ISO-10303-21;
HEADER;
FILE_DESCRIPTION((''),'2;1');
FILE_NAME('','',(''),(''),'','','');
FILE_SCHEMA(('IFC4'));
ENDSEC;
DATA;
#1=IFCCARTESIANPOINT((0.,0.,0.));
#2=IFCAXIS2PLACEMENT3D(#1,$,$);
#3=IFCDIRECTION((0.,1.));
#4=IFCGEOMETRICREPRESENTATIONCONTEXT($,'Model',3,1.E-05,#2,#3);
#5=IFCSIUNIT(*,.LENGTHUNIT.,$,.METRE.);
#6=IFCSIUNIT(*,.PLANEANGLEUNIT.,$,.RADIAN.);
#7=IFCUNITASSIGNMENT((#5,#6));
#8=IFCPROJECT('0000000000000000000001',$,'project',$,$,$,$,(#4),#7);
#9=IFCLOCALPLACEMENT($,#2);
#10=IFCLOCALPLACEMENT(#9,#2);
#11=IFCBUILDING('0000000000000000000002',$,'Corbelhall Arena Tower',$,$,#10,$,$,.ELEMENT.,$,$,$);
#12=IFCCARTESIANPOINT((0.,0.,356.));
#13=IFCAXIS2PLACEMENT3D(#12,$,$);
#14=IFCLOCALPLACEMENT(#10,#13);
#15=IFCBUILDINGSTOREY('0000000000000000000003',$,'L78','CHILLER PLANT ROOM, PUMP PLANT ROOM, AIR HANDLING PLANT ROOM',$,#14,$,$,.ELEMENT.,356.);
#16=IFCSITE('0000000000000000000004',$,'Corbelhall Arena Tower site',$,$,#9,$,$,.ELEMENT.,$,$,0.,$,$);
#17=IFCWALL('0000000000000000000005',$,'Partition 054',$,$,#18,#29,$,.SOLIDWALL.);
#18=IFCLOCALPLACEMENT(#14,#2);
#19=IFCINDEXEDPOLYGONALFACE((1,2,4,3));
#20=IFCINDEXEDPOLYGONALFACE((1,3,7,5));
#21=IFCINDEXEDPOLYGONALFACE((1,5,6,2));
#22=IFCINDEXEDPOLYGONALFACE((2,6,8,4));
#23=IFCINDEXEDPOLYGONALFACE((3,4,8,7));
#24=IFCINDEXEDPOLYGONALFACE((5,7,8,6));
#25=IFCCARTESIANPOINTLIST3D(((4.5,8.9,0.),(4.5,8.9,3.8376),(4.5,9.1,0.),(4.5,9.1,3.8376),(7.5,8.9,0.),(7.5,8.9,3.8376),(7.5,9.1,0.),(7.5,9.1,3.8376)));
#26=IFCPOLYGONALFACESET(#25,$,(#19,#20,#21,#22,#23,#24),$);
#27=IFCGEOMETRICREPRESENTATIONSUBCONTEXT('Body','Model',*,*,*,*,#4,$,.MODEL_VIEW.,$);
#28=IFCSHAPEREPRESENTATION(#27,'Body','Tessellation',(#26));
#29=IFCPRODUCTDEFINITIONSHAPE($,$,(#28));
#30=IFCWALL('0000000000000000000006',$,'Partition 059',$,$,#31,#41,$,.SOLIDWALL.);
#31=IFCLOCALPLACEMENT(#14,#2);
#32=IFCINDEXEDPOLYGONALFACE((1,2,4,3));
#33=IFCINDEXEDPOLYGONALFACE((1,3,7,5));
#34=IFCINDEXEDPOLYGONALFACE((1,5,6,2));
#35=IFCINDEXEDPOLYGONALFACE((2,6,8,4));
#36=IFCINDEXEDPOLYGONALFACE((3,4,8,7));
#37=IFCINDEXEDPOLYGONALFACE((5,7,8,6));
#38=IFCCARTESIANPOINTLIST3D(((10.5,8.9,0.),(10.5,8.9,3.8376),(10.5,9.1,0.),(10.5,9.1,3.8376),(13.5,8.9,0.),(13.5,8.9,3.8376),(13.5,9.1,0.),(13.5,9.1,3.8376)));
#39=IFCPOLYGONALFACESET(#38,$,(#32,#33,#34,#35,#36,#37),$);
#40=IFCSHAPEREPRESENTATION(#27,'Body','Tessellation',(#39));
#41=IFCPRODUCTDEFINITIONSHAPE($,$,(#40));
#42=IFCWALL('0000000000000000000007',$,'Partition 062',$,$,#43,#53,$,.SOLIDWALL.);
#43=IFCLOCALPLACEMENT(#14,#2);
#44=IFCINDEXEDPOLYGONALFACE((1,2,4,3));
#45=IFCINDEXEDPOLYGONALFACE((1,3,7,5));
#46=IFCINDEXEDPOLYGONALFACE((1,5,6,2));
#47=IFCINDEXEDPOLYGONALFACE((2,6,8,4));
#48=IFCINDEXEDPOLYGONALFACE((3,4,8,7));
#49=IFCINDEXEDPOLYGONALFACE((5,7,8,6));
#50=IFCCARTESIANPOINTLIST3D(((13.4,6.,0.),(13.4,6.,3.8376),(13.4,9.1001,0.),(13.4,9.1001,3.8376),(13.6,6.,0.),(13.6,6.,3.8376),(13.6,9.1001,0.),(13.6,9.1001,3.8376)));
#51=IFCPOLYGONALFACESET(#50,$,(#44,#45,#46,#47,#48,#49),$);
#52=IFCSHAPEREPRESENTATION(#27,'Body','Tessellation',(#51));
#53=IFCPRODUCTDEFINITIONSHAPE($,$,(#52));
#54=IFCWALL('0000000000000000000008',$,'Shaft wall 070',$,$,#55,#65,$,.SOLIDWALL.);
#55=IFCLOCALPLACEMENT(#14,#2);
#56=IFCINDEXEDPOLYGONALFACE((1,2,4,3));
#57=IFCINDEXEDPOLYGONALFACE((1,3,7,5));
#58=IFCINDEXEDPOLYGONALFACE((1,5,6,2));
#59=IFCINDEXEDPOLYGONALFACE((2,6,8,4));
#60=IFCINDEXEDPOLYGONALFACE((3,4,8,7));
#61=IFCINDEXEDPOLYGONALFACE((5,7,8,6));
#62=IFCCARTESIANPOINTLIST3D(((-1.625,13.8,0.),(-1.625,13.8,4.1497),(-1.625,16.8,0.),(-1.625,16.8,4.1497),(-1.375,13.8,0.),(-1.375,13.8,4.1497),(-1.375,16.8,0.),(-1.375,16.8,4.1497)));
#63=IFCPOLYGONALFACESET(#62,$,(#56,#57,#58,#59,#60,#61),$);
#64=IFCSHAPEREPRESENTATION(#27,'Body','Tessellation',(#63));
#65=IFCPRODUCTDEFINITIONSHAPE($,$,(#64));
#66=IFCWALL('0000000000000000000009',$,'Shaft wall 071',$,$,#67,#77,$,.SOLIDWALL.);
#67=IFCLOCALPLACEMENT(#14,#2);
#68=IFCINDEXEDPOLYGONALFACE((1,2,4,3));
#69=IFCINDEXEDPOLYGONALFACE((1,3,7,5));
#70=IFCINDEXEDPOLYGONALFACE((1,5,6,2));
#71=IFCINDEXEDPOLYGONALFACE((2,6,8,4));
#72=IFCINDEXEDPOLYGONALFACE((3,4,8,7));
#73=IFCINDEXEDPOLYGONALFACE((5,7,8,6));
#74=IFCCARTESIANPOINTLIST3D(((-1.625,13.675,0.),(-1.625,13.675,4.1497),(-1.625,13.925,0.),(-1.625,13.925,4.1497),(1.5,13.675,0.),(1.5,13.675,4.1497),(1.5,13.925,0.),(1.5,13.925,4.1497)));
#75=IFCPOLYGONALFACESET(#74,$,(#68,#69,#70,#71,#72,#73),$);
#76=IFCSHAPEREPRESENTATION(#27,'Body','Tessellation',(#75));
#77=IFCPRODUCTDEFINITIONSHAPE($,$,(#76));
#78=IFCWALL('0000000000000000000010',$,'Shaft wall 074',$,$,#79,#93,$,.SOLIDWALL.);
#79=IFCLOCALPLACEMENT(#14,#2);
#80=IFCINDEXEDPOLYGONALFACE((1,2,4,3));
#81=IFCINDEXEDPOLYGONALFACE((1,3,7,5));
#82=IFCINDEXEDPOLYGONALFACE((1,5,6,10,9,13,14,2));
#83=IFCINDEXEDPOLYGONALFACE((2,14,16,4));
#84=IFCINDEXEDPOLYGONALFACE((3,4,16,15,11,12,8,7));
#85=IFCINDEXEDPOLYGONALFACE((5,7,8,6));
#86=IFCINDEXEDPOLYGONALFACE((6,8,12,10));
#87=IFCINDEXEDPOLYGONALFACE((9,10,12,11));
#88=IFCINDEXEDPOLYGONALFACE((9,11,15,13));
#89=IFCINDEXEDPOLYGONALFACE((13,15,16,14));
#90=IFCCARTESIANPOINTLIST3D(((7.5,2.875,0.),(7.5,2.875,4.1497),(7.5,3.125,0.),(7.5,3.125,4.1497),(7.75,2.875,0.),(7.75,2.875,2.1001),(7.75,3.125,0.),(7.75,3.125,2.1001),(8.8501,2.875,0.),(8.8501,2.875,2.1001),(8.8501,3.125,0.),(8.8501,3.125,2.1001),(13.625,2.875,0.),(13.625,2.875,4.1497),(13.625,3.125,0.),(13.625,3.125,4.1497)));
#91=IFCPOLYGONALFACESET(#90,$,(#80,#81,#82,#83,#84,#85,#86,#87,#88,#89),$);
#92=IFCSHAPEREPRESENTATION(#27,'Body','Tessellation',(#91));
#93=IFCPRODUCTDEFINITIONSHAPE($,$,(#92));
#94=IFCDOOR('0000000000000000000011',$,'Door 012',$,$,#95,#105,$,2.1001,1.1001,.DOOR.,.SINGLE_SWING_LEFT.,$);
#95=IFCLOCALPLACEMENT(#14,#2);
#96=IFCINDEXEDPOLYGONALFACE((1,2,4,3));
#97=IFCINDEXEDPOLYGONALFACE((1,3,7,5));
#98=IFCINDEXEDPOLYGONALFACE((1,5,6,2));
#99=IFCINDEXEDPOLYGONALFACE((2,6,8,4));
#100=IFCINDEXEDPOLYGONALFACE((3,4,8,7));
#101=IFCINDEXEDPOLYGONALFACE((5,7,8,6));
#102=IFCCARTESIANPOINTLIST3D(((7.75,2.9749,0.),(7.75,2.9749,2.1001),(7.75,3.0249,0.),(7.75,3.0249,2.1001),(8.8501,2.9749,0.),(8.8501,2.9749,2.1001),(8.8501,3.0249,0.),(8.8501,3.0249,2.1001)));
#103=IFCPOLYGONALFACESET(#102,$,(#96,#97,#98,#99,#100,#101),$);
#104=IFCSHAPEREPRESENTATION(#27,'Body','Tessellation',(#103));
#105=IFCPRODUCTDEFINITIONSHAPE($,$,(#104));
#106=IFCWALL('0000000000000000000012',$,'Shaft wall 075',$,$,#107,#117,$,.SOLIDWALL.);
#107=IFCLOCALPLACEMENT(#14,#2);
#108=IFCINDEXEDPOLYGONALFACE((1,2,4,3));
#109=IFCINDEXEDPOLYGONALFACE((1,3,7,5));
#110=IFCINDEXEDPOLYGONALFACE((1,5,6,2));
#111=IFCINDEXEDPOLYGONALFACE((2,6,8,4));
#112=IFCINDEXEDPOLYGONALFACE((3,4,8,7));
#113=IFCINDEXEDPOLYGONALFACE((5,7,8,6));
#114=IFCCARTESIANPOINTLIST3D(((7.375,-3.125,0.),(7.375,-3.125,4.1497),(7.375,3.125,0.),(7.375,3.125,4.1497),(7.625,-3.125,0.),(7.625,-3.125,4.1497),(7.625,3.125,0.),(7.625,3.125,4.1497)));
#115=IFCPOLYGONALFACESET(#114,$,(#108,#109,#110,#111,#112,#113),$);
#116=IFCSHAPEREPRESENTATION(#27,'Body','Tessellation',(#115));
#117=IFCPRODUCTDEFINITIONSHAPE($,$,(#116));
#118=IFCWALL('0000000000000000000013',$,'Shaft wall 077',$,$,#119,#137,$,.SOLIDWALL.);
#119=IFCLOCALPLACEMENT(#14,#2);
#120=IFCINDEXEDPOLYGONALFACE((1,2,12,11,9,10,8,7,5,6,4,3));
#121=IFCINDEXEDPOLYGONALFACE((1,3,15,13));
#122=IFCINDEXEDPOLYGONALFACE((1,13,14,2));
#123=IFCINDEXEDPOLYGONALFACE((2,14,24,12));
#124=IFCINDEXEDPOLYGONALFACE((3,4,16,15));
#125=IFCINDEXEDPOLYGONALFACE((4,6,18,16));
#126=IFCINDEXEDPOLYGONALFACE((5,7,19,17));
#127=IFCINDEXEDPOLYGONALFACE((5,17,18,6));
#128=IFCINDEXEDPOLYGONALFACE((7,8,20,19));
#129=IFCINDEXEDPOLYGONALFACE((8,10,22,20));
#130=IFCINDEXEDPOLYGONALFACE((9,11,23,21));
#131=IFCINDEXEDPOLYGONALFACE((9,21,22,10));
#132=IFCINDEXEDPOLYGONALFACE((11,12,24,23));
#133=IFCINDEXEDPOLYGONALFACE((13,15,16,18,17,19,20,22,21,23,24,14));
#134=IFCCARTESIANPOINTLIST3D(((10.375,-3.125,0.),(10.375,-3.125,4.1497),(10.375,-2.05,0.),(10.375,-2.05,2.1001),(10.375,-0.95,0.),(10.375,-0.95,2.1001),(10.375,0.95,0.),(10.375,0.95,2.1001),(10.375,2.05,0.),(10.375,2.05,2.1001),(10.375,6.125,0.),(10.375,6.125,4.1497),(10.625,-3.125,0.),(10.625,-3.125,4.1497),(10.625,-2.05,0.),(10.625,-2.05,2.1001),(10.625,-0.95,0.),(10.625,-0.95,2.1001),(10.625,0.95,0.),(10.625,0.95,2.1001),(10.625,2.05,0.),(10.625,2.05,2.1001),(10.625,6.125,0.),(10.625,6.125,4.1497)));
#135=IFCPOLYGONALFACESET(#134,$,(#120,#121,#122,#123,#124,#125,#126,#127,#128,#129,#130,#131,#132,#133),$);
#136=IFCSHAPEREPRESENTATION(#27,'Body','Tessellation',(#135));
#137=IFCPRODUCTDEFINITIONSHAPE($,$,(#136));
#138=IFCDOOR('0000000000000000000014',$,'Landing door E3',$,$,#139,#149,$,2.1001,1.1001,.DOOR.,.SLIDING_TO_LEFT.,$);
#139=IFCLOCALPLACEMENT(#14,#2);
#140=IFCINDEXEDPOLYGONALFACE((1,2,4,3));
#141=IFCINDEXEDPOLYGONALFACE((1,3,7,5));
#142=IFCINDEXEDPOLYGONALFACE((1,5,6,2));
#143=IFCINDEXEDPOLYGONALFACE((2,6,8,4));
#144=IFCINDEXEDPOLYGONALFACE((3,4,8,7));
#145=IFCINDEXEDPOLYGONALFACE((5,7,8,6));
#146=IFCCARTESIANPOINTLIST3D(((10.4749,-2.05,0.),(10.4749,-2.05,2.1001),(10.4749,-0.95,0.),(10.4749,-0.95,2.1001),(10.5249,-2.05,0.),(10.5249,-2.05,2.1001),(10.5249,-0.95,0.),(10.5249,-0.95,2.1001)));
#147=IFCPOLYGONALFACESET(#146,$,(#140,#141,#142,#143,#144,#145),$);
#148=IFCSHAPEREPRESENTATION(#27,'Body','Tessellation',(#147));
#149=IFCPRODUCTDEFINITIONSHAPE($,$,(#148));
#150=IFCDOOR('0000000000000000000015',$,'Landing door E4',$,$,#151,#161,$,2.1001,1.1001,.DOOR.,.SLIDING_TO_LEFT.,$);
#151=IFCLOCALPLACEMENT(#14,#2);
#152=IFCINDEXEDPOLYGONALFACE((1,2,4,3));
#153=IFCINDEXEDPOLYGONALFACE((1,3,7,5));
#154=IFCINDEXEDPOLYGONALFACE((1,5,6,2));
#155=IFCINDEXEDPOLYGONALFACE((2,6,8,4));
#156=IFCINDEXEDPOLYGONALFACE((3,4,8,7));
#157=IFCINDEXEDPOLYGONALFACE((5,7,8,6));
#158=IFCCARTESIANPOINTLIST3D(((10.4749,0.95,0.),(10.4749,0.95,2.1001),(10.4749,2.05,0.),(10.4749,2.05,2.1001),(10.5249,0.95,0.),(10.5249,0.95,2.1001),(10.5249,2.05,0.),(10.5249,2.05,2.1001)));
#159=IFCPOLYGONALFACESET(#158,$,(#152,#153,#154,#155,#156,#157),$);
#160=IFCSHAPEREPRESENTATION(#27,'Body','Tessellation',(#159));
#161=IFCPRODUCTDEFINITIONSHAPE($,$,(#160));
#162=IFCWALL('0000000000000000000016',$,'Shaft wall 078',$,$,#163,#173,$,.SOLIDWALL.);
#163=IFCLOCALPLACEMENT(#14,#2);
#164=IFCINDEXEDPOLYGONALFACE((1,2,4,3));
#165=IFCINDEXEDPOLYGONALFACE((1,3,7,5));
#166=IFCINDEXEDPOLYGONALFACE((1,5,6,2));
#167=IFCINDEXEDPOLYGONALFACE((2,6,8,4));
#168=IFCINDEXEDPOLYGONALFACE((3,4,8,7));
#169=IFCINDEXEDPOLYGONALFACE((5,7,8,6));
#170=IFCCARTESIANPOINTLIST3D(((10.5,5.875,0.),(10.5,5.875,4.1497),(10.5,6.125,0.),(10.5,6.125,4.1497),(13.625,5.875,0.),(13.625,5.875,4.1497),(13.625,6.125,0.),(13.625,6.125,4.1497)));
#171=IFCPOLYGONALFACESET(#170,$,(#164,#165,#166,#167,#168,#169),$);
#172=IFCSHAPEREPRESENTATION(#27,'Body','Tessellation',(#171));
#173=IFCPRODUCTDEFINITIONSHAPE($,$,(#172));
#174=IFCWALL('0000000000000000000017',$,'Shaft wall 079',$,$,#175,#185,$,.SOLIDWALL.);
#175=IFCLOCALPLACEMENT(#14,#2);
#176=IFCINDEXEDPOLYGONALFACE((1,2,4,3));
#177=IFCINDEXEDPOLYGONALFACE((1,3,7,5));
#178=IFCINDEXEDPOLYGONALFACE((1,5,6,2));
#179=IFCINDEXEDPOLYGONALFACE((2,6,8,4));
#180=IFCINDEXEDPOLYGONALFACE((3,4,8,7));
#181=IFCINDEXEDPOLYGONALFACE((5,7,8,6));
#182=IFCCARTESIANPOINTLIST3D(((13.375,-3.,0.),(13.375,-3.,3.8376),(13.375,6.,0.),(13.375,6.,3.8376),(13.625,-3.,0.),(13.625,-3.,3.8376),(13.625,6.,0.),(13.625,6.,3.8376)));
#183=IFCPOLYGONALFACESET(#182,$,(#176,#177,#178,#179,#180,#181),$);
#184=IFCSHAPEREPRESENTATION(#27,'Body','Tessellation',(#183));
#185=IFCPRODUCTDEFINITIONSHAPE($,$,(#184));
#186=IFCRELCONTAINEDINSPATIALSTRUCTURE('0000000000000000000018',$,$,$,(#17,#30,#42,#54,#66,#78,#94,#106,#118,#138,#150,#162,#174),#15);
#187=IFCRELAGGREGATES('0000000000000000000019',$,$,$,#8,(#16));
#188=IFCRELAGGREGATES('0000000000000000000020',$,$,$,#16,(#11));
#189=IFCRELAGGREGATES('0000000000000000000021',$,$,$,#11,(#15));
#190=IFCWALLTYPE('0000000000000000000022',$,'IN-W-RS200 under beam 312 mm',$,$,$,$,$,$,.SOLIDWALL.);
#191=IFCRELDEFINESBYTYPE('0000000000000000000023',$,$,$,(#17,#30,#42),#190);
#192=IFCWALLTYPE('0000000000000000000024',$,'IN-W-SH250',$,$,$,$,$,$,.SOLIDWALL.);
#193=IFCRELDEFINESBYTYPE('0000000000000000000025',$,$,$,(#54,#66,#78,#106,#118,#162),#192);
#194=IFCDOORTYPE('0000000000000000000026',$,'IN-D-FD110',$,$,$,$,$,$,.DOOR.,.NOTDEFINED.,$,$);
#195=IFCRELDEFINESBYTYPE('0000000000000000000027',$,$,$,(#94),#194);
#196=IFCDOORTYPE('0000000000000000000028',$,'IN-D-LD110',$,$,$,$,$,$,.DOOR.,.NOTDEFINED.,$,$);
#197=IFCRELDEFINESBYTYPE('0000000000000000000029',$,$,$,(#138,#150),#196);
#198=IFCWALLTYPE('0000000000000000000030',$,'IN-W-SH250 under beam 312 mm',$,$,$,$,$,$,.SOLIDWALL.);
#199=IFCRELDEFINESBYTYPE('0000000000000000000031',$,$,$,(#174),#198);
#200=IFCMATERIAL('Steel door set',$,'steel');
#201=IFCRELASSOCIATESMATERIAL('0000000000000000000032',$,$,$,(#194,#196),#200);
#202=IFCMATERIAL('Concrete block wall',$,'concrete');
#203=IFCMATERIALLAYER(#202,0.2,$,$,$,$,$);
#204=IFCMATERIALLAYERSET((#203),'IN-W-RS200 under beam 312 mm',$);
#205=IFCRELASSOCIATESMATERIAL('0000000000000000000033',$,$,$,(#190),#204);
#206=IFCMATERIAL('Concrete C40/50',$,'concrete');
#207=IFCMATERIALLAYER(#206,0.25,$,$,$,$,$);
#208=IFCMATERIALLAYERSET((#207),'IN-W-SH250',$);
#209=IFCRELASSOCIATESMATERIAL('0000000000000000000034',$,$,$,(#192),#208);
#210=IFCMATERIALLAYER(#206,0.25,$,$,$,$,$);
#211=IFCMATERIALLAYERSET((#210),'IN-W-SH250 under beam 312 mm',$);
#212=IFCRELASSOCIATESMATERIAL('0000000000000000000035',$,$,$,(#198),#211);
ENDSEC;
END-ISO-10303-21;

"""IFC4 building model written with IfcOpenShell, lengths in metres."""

from ifc_helpers import new_model, si_unit, direction, frame, frame_2d, origin, place, context, subcontext, project, spatial, rectangle, extrude, material, layer, layer_set, type_object, element, fill, save


model = new_model("IFC4")

# Units and contexts
model_context = context("Model", 3, precision=1e-05, world=origin(), true_north=direction((0.0, 1.0)))
body_context = subcontext(model_context, "Body", "Model", "MODEL_VIEW")
ifc_project = project(units=[si_unit("LENGTHUNIT", "METRE"), si_unit("PLANEANGLEUNIT", "RADIAN")], contexts=[model_context])

# Site, building, storey
site_placement = place(None, origin())
site = spatial("IfcSite", under=ifc_project, at=site_placement, Name="Corbelhall Arena Tower site", CompositionType="ELEMENT", RefElevation=0.0)
building_placement = place(site_placement, origin())
building = spatial("IfcBuilding", under=site, at=building_placement, Name="Corbelhall Arena Tower", CompositionType="ELEMENT")
storey_placement = place(building_placement, frame((0.0, 0.0, 356.0)))
storey = spatial("IfcBuildingStorey", under=building, at=storey_placement, Name="L78", Description="CHILLER PLANT ROOM, PUMP PLANT ROOM, AIR HANDLING PLANT ROOM", CompositionType="ELEMENT", Elevation=356.0)

# Shared definitions
ifc_material_1 = material(Name="Concrete C40/50", Category="concrete")

# Shared definitions
ifc_material_2 = material(Name="Concrete block wall", Category="concrete")

# Shared definitions
ifc_material_3 = material(Name="Steel door set", Category="steel")
door_type_1 = type_object("IfcDoorType", Name="IN-D-FD110", OperationType="NOTDEFINED", PredefinedType="DOOR", material=ifc_material_3)

# Walls
ifc_layer_1 = layer(ifc_material_2, 0.2)
ifc_layer_set_1 = layer_set([ifc_layer_1], Name="IN-W-RS200 under beam 312 mm")
wall_type_1 = type_object("IfcWallType", Name="IN-W-RS200 under beam 312 mm", PredefinedType="SOLIDWALL", material=ifc_layer_set_1)
for number, where, z_axis, x_axis, name in (
    (1, (4.5, 9.0, 0.0), (0.0, 0.0, 1.0), (1.0, 0.0, 0.0), "Partition 054"),
    (2, (10.5, 9.0, 0.0), (0.0, 0.0, 1.0), (1.0, 0.0, 0.0), "Partition 059"),
):
    element("IfcWall", number, at=place(storey_placement, frame(where, z_axis=z_axis, x_axis=x_axis)), inside=storey, type_object=wall_type_1, Name=name, PredefinedType="SOLIDWALL", context=body_context, shape_type="SweptSolid", body=[
        extrude(rectangle(XDim=3.0, YDim=0.2, at=frame_2d((1.5, 0.0))), origin(), (0.0, 0.0, 1.0), 3.8376),
    ])
wall_1_placement = place(storey_placement, frame((13.5, 9.1001, 0.0), z_axis=(0.0, 0.0, 1.0), x_axis=(0.0, -1.0, 0.0)))
element("IfcWall", 3, at=wall_1_placement, inside=storey, type_object=wall_type_1, Name="Partition 062", PredefinedType="SOLIDWALL", context=body_context, shape_type="SweptSolid", body=[
    extrude(rectangle(XDim=3.1001, YDim=0.2, at=frame_2d((1.55, 0.0))), origin(), (0.0, 0.0, 1.0), 3.8376),
])
ifc_layer_2 = layer(ifc_material_1, 0.25)
ifc_layer_set_2 = layer_set([ifc_layer_2], Name="IN-W-SH250")
wall_type_2 = type_object("IfcWallType", Name="IN-W-SH250", PredefinedType="SOLIDWALL", material=ifc_layer_set_2)
wall_2_placement = place(storey_placement, frame((-1.5, 13.8, 0.0), z_axis=(0.0, 0.0, 1.0), x_axis=(0.0, 1.0, 0.0)))
element("IfcWall", 4, at=wall_2_placement, inside=storey, type_object=wall_type_2, Name="Shaft wall 070", PredefinedType="SOLIDWALL", context=body_context, shape_type="SweptSolid", body=[
    extrude(rectangle(XDim=3.0, YDim=0.25, at=frame_2d((1.5, 0.0))), origin(), (0.0, 0.0, 1.0), 4.1497),
])
wall_3_placement = place(storey_placement, frame((1.5, 13.8, 0.0), z_axis=(0.0, 0.0, 1.0), x_axis=(-1.0, 0.0, 0.0)))
element("IfcWall", 5, at=wall_3_placement, inside=storey, type_object=wall_type_2, Name="Shaft wall 071", PredefinedType="SOLIDWALL", context=body_context, shape_type="SweptSolid", body=[
    extrude(rectangle(XDim=3.125, YDim=0.25, at=frame_2d((1.5625, 0.0))), origin(), (0.0, 0.0, 1.0), 4.1497),
])

# Wall, opening, door
wall_4_placement = place(storey_placement, frame((7.5, 3.0, 0.0), z_axis=(0.0, 0.0, 1.0), x_axis=(1.0, 0.0, 0.0)))
wall_4 = element("IfcWall", 6, at=wall_4_placement, inside=storey, type_object=wall_type_2, Name="Shaft wall 074", PredefinedType="SOLIDWALL", context=body_context, shape_type="SweptSolid", body=[
    extrude(rectangle(XDim=6.125, YDim=0.25, at=frame_2d((3.0625, 0.0))), origin(), (0.0, 0.0, 1.0), 4.1497),
])
opening_1_placement = place(wall_4_placement, frame((0.25, 0.0, 0.0)))
opening_1 = element("IfcOpeningElement", 7, at=opening_1_placement, cuts=wall_4, PredefinedType="OPENING", context=body_context, shape_type="SweptSolid", body=[
    extrude(rectangle(XDim=1.1001, YDim=2.1001, at=frame_2d((0.55, 1.05))), frame((0.0, 0.125, 0.0), z_axis=(0.0, -1.0, 0.0), x_axis=(1.0, 0.0, 0.0)), (0.0, 0.0, 1.0), 0.25),
])
door_1_placement = place(opening_1_placement, origin())
door_1 = element("IfcDoor", 8, at=door_1_placement, inside=storey, type_object=door_type_1, Name="Door 012", OperationType="SINGLE_SWING_LEFT", OverallHeight=2.1001, OverallWidth=1.1001, PredefinedType="DOOR", context=body_context, shape_type="SweptSolid", body=[
    extrude(rectangle(XDim=1.1001, YDim=2.1001, at=frame_2d((0.55, 1.05))), frame((0.0, 0.0249, 0.0), z_axis=(0.0, -1.0, 0.0), x_axis=(1.0, 0.0, 0.0)), (0.0, 0.0, 1.0), 0.05),
])
fill(opening_1, door_1)

# Wall
wall_5_placement = place(storey_placement, frame((7.5, 3.125, 0.0), z_axis=(0.0, 0.0, 1.0), x_axis=(0.0, -1.0, 0.0)))
element("IfcWall", 9, at=wall_5_placement, inside=storey, type_object=wall_type_2, Name="Shaft wall 075", PredefinedType="SOLIDWALL", context=body_context, shape_type="SweptSolid", body=[
    extrude(rectangle(XDim=6.25, YDim=0.25, at=frame_2d((3.125, 0.0))), origin(), (0.0, 0.0, 1.0), 4.1497),
])

# Wall, openings, doors
wall_6_placement = place(storey_placement, frame((10.5, 6.125, 0.0), z_axis=(0.0, 0.0, 1.0), x_axis=(0.0, -1.0, 0.0)))
wall_6 = element("IfcWall", 10, at=wall_6_placement, inside=storey, type_object=wall_type_2, Name="Shaft wall 077", PredefinedType="SOLIDWALL", context=body_context, shape_type="SweptSolid", body=[
    extrude(rectangle(XDim=9.25, YDim=0.25, at=frame_2d((4.625, 0.0))), origin(), (0.0, 0.0, 1.0), 4.1497),
])
opening_2_placement = place(wall_6_placement, frame((7.075, 0.0, 0.0)))
opening_2 = element("IfcOpeningElement", 11, at=opening_2_placement, cuts=wall_6, PredefinedType="OPENING", context=body_context, shape_type="SweptSolid", body=[
    extrude(rectangle(XDim=1.1001, YDim=2.1001, at=frame_2d((0.55, 1.05))), frame((0.0, 0.125, 0.0), z_axis=(0.0, -1.0, 0.0), x_axis=(1.0, 0.0, 0.0)), (0.0, 0.0, 1.0), 0.25),
])
opening_3_placement = place(wall_6_placement, frame((4.075, 0.0, 0.0)))
opening_3 = element("IfcOpeningElement", 12, at=opening_3_placement, cuts=wall_6, PredefinedType="OPENING", context=body_context, shape_type="SweptSolid", body=[
    extrude(rectangle(XDim=1.1001, YDim=2.1001, at=frame_2d((0.55, 1.05))), frame((0.0, 0.125, 0.0), z_axis=(0.0, -1.0, 0.0), x_axis=(1.0, 0.0, 0.0)), (0.0, 0.0, 1.0), 0.25),
])
door_type_2 = type_object("IfcDoorType", Name="IN-D-LD110", OperationType="NOTDEFINED", PredefinedType="DOOR", material=ifc_material_3)
door_2_placement = place(opening_2_placement, origin())
door_2 = element("IfcDoor", 13, at=door_2_placement, inside=storey, type_object=door_type_2, Name="Landing door E3", OperationType="SLIDING_TO_LEFT", OverallHeight=2.1001, OverallWidth=1.1001, PredefinedType="DOOR", context=body_context, shape_type="SweptSolid", body=[
    extrude(rectangle(XDim=1.1001, YDim=2.1001, at=frame_2d((0.55, 1.05))), frame((0.0, 0.0249, 0.0), z_axis=(0.0, -1.0, 0.0), x_axis=(1.0, 0.0, 0.0)), (0.0, 0.0, 1.0), 0.05),
])
fill(opening_2, door_2)
door_3_placement = place(opening_3_placement, origin())
door_3 = element("IfcDoor", 14, at=door_3_placement, inside=storey, type_object=door_type_2, Name="Landing door E4", OperationType="SLIDING_TO_LEFT", OverallHeight=2.1001, OverallWidth=1.1001, PredefinedType="DOOR", context=body_context, shape_type="SweptSolid", body=[
    extrude(rectangle(XDim=1.1001, YDim=2.1001, at=frame_2d((0.55, 1.05))), frame((0.0, 0.0249, 0.0), z_axis=(0.0, -1.0, 0.0), x_axis=(1.0, 0.0, 0.0)), (0.0, 0.0, 1.0), 0.05),
])
fill(opening_3, door_3)

# Walls
wall_7_placement = place(storey_placement, frame((10.5, 6.0, 0.0), z_axis=(0.0, 0.0, 1.0), x_axis=(1.0, 0.0, 0.0)))
element("IfcWall", 15, at=wall_7_placement, inside=storey, type_object=wall_type_2, Name="Shaft wall 078", PredefinedType="SOLIDWALL", context=body_context, shape_type="SweptSolid", body=[
    extrude(rectangle(XDim=3.125, YDim=0.25, at=frame_2d((1.5625, 0.0))), origin(), (0.0, 0.0, 1.0), 4.1497),
])
ifc_layer_3 = layer(ifc_material_1, 0.25)
ifc_layer_set_3 = layer_set([ifc_layer_3], Name="IN-W-SH250 under beam 312 mm")
wall_type_3 = type_object("IfcWallType", Name="IN-W-SH250 under beam 312 mm", PredefinedType="SOLIDWALL", material=ifc_layer_set_3)
wall_8_placement = place(storey_placement, frame((13.5, 6.0, 0.0), z_axis=(0.0, 0.0, 1.0), x_axis=(0.0, -1.0, 0.0)))
element("IfcWall", 16, at=wall_8_placement, inside=storey, type_object=wall_type_3, Name="Shaft wall 079", PredefinedType="SOLIDWALL", context=body_context, shape_type="SweptSolid", body=[
    extrude(rectangle(XDim=9.0, YDim=0.25, at=frame_2d((4.5, 0.0))), origin(), (0.0, 0.0, 1.0), 3.8376),
])

save(model, "model.ifc")
